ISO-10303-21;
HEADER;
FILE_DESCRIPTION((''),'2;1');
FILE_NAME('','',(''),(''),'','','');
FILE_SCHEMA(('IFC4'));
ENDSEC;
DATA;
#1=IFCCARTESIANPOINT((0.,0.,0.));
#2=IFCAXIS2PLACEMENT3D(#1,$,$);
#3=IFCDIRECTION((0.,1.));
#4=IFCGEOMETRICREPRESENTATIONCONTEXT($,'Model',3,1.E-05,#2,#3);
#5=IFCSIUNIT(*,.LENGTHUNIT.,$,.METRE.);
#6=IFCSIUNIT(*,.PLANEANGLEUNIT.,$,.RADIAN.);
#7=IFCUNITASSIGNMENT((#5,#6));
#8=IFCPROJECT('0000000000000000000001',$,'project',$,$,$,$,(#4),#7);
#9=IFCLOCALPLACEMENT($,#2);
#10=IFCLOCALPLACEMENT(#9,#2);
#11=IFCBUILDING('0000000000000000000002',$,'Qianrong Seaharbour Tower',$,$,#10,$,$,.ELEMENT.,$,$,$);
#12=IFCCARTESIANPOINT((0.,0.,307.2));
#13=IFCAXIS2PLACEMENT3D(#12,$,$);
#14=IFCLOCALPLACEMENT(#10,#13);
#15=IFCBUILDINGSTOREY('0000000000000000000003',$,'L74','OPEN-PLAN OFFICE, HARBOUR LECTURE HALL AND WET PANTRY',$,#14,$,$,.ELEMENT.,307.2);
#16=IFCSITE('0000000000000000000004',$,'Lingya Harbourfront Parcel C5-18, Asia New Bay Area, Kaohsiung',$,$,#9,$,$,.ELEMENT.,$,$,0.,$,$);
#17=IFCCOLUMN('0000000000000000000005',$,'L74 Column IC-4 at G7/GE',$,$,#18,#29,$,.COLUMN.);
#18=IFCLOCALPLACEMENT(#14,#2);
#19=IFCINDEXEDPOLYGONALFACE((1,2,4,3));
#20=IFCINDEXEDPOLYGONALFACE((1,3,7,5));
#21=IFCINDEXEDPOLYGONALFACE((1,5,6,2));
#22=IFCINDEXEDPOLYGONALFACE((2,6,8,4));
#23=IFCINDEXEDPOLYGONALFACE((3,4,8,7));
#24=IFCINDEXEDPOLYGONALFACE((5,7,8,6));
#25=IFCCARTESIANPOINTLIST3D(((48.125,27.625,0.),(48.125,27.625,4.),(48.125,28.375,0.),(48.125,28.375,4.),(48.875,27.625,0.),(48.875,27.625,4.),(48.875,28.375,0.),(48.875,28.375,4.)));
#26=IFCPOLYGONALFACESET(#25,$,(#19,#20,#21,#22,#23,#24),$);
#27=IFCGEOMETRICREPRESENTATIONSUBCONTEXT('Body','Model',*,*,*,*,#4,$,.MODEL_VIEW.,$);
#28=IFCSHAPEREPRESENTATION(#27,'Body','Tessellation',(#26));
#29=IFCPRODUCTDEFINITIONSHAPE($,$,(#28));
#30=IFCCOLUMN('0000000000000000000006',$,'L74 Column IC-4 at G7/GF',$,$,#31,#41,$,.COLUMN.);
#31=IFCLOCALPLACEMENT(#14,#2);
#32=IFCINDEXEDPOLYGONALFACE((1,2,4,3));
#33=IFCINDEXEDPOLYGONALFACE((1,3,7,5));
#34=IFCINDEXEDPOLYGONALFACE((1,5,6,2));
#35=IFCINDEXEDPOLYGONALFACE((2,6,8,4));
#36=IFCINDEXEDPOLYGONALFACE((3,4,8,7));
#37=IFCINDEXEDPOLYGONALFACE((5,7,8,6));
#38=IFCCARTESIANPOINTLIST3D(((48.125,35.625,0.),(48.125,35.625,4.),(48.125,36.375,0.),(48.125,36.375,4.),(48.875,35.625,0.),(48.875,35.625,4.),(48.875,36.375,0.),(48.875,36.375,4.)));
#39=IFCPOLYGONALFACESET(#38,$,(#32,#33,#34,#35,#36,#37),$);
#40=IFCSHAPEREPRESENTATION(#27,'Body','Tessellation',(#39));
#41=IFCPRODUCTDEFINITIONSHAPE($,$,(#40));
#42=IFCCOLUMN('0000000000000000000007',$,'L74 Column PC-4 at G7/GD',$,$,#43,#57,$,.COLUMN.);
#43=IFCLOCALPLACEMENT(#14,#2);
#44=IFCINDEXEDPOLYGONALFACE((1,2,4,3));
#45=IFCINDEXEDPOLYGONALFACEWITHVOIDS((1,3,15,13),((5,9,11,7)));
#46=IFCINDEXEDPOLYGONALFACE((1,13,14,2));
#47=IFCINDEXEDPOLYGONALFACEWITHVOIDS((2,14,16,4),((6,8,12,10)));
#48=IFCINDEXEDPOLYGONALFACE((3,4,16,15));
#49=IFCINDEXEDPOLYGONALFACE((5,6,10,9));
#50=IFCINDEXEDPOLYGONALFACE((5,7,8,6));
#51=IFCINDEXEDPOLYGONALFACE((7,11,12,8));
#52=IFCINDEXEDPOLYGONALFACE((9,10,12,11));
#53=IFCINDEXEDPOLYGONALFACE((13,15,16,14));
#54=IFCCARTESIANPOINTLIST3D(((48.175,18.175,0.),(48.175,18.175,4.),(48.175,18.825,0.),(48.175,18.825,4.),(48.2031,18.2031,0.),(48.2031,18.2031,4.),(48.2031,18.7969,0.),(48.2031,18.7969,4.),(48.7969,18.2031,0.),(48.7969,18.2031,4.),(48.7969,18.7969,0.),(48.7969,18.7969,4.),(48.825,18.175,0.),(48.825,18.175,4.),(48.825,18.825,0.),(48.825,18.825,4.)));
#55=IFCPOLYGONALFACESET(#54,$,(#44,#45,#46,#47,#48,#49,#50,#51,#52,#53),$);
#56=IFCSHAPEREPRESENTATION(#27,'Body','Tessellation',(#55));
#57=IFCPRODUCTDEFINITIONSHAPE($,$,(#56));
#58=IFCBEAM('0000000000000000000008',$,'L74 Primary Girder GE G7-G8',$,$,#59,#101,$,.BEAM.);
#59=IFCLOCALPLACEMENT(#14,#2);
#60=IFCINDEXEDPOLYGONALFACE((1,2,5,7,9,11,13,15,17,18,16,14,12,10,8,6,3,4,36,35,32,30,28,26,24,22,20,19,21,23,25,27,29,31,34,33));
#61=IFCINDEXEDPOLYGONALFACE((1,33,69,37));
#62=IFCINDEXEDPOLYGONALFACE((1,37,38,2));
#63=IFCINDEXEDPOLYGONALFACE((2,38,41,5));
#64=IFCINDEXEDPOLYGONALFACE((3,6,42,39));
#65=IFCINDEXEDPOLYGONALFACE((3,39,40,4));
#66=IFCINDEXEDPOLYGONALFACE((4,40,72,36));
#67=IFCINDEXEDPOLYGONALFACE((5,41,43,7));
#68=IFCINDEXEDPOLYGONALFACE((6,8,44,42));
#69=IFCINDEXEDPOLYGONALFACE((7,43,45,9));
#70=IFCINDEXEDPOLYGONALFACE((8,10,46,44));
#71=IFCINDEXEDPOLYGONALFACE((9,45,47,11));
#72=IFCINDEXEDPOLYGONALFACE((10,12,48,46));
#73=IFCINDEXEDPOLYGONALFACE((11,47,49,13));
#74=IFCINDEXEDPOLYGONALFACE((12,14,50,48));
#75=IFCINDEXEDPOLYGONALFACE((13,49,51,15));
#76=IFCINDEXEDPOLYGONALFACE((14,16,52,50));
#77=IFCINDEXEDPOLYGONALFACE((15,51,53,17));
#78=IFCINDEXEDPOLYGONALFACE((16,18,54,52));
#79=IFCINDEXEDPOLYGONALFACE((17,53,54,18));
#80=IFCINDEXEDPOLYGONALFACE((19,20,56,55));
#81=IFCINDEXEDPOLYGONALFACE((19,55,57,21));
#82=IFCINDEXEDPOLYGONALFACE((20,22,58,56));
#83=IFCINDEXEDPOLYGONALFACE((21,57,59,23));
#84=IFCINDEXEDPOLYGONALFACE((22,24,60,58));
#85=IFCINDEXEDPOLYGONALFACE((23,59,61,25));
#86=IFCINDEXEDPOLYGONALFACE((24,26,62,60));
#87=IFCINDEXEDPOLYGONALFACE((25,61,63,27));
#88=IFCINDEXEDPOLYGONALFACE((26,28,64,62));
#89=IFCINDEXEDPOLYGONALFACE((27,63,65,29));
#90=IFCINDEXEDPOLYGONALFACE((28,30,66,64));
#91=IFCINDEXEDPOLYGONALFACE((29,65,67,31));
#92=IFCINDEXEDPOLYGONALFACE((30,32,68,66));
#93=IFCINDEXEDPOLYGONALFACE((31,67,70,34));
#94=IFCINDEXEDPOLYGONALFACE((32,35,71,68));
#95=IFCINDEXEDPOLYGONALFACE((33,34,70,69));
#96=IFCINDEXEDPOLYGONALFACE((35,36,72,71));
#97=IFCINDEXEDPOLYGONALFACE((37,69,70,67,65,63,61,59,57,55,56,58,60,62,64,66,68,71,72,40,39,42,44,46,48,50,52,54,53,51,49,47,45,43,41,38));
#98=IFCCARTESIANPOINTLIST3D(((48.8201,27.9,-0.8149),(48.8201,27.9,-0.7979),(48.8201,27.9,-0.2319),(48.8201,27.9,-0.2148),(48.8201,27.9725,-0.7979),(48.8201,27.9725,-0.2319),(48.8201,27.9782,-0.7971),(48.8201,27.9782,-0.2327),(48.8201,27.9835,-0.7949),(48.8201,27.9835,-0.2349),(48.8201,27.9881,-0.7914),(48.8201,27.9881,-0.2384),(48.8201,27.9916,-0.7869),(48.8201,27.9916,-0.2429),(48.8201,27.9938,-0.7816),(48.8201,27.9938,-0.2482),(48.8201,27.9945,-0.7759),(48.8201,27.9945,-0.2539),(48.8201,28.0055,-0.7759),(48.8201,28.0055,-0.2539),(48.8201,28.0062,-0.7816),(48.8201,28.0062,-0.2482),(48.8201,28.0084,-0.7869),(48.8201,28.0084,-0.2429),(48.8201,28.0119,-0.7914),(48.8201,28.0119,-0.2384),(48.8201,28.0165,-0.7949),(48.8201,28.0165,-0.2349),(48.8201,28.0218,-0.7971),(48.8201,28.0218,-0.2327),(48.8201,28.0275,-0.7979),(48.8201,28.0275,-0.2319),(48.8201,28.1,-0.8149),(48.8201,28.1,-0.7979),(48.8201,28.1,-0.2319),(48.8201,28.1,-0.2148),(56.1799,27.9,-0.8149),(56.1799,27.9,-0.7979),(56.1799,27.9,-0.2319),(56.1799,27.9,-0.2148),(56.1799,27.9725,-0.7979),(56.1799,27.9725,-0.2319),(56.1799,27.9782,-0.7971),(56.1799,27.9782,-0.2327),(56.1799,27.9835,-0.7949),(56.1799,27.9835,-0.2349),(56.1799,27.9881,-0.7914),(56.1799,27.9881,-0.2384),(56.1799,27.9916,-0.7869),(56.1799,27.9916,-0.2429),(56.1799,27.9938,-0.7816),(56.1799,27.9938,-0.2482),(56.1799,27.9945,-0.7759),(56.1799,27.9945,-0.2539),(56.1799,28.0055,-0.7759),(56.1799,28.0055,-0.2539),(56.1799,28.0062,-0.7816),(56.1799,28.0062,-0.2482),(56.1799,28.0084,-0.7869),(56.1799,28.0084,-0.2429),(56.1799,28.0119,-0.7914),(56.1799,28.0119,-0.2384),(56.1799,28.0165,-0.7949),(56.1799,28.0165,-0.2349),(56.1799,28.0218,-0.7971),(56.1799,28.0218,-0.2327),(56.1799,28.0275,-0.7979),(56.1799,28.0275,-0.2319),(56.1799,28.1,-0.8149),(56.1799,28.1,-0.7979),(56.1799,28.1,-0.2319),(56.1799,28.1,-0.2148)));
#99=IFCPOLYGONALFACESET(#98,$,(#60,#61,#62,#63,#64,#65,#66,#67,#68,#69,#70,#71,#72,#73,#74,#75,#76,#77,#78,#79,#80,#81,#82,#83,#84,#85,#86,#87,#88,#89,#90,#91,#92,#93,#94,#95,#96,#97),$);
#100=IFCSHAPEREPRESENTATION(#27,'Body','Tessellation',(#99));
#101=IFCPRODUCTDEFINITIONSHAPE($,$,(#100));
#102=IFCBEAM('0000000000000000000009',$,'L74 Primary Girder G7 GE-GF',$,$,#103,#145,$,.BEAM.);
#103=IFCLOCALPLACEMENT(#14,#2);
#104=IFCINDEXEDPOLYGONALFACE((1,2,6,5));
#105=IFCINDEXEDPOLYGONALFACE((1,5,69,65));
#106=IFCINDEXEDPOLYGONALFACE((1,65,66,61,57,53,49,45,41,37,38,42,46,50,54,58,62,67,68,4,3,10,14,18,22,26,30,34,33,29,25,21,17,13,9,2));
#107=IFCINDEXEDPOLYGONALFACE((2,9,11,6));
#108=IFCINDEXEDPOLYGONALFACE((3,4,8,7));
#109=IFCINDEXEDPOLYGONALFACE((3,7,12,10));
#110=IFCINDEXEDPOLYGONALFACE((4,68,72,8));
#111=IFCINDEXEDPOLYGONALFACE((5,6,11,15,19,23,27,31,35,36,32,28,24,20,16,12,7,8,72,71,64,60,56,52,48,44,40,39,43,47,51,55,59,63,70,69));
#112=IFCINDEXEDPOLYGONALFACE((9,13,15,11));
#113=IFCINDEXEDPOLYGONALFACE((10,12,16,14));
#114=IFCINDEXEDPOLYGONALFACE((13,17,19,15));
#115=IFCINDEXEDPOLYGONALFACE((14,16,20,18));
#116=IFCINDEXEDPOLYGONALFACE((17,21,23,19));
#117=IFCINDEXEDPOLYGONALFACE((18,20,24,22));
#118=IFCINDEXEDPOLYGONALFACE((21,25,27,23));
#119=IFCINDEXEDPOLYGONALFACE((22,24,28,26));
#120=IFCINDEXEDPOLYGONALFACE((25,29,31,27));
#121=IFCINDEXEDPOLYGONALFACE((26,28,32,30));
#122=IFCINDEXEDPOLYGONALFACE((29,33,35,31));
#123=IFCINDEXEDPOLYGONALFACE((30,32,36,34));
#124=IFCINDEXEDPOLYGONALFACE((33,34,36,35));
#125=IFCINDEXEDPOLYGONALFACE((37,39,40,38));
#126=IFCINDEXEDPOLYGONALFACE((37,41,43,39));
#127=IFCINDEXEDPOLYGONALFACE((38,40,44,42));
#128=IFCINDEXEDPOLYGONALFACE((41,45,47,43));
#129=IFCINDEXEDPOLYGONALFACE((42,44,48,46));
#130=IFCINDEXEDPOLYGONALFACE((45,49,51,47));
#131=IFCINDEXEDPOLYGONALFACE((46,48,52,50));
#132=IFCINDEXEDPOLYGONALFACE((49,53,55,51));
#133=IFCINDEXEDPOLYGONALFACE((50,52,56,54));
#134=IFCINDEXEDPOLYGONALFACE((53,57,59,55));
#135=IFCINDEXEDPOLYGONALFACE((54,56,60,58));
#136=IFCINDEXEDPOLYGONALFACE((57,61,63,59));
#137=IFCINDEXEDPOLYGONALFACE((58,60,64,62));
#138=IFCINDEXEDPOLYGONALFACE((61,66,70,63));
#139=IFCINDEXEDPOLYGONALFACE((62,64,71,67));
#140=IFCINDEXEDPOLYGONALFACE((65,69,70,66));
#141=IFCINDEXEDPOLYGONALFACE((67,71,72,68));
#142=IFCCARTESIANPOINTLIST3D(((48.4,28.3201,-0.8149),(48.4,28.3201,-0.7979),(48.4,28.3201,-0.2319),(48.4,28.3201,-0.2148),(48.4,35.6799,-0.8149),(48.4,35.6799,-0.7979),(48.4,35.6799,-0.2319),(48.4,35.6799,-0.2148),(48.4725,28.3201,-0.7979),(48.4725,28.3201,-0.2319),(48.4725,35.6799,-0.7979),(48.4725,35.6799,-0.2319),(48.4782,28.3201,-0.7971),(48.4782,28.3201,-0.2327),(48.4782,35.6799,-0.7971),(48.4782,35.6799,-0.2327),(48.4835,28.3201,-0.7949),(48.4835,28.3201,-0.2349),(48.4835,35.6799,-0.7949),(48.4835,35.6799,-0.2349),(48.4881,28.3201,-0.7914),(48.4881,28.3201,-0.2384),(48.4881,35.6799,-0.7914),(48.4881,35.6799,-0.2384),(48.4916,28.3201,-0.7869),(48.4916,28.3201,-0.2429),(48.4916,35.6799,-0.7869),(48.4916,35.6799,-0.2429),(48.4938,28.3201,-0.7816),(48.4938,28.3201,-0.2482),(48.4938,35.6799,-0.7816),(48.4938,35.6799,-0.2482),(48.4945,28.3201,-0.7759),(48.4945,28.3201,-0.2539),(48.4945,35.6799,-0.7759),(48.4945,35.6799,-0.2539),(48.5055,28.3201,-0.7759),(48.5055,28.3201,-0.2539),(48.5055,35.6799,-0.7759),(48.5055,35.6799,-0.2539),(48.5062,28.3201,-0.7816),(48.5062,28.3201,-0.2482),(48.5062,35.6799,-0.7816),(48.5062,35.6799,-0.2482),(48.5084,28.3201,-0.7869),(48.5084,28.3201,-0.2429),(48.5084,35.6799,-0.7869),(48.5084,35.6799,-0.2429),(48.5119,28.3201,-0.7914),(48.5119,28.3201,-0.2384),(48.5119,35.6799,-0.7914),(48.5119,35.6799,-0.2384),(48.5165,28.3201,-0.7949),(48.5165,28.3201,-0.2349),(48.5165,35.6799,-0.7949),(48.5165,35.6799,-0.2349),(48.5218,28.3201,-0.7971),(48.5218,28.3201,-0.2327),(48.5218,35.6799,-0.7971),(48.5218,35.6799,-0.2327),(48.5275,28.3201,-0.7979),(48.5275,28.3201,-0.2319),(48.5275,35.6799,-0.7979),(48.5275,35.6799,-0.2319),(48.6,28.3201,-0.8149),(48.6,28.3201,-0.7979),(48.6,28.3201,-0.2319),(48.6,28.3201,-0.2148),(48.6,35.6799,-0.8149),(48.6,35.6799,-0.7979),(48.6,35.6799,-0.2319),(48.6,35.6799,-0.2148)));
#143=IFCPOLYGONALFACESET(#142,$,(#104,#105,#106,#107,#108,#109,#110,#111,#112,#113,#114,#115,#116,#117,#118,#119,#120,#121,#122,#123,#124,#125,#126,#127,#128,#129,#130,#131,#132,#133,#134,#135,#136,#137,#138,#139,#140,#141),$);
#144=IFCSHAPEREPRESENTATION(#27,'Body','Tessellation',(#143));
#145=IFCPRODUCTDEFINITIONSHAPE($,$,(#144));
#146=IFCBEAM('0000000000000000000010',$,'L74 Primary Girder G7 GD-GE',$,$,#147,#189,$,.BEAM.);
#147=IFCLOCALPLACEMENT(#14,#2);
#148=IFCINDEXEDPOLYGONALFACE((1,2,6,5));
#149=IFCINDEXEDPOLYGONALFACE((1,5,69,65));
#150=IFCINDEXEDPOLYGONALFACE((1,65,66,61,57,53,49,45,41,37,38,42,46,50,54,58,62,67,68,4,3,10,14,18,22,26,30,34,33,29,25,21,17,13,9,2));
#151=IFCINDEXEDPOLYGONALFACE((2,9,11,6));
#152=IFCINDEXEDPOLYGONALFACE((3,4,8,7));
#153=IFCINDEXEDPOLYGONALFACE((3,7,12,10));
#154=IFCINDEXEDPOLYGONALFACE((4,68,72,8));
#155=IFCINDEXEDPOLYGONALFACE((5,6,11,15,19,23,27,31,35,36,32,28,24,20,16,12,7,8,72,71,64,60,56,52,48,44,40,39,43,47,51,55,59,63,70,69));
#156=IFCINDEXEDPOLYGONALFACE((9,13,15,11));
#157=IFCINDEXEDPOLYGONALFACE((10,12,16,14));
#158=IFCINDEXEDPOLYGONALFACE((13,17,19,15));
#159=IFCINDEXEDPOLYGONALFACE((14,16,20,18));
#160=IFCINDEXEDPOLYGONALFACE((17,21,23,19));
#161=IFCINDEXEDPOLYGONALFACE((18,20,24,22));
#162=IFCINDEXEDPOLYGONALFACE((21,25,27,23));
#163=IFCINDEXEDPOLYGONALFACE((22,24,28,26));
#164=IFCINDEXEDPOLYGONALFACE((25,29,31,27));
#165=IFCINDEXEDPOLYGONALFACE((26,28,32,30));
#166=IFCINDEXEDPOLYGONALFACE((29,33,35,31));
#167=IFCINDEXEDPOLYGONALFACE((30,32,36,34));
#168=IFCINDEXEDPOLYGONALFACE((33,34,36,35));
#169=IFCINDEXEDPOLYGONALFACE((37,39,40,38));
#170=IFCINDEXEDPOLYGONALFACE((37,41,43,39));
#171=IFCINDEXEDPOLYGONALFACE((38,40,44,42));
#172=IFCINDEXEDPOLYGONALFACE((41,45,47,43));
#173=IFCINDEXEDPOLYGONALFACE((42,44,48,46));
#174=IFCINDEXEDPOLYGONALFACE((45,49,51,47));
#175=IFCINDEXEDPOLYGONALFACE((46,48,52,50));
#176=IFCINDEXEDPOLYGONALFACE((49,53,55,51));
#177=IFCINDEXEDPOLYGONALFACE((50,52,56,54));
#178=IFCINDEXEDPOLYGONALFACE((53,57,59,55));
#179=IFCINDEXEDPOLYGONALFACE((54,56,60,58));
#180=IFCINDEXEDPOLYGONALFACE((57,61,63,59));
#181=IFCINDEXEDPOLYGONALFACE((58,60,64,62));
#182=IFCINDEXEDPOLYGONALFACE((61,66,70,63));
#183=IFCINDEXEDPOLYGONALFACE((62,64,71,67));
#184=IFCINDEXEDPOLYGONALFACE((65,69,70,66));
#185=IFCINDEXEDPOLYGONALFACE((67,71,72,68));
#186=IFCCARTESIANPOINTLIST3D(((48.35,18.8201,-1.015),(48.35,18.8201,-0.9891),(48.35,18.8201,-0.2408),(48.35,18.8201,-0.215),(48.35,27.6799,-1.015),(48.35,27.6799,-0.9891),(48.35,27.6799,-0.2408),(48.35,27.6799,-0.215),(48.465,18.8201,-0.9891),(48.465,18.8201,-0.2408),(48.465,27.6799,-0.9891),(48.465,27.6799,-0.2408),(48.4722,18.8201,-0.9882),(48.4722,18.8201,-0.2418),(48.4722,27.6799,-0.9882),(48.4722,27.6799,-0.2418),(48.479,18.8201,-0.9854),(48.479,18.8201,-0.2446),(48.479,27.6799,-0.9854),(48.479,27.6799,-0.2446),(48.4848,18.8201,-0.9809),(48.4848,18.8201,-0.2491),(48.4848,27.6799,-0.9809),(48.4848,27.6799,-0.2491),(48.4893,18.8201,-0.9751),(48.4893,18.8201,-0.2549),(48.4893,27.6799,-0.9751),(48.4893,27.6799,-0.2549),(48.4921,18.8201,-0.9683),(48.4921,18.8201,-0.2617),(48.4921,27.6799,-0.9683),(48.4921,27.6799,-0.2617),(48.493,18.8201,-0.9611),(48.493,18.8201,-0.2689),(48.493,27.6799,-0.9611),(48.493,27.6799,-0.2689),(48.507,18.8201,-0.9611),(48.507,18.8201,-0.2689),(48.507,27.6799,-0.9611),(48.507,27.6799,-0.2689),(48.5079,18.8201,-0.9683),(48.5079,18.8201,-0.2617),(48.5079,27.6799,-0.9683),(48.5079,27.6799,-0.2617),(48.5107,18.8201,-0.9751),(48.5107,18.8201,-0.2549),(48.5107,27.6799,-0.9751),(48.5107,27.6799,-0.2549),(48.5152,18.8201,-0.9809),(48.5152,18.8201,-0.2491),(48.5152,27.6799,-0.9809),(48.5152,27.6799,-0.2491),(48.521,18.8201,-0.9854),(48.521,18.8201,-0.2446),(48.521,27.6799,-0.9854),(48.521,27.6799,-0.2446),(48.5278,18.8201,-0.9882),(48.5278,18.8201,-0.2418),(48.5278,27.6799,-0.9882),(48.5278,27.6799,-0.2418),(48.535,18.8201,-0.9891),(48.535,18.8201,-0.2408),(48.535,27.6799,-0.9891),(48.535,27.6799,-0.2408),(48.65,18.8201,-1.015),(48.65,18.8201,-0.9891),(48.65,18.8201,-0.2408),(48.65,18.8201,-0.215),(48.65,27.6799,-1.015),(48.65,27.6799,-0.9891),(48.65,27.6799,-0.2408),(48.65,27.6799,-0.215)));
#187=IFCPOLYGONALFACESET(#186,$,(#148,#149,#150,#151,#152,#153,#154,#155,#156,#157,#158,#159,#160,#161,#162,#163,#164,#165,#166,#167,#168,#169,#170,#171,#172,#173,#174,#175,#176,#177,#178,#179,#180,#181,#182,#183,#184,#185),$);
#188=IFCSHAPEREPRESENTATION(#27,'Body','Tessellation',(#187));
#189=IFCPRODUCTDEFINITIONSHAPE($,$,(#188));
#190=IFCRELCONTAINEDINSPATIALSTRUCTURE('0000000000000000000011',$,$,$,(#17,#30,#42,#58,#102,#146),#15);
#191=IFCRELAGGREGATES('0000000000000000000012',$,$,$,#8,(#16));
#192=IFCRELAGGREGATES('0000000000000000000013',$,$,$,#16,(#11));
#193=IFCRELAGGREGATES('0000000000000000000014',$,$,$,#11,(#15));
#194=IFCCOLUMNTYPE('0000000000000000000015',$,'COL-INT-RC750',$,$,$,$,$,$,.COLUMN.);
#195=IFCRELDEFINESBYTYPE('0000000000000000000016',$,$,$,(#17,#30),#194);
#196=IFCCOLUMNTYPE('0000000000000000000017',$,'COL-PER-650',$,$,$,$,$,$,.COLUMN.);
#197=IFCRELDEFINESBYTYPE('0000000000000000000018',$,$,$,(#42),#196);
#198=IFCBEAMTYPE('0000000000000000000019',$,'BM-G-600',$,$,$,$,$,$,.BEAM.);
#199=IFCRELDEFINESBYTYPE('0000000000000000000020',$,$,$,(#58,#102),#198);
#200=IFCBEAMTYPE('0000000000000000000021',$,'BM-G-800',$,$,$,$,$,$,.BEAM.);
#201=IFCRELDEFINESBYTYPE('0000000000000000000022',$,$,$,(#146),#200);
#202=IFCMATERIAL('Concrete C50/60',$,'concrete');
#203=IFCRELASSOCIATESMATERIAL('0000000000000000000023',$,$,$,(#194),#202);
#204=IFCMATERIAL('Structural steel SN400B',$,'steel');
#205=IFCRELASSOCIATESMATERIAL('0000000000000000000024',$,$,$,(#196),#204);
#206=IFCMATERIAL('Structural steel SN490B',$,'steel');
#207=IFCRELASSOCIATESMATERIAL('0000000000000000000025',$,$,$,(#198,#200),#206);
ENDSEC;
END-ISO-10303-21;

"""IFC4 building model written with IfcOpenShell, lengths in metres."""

from ifc_helpers import new_model, si_unit, direction, frame, origin, origin_2d, place, context, subcontext, project, spatial, rectangle, hollow_rectangle, i_section, extrude, material, material_profile, profile_set, type_object, element, save


model = new_model("IFC4")

# Units and contexts
model_context = context("Model", 3, precision=1e-05, world=origin(), true_north=direction((0.0, 1.0)))
body_context = subcontext(model_context, "Body", "Model", "MODEL_VIEW")
ifc_project = project(units=[si_unit("LENGTHUNIT", "METRE"), si_unit("PLANEANGLEUNIT", "RADIAN")], contexts=[model_context])

# Site, building, storey
site_placement = place(None, origin())
site = spatial("IfcSite", under=ifc_project, at=site_placement, Name="Lingya Harbourfront Parcel C5-18, Asia New Bay Area, Kaohsiung", CompositionType="ELEMENT", RefElevation=0.0)
building_placement = place(site_placement, origin())
building = spatial("IfcBuilding", under=site, at=building_placement, Name="Qianrong Seaharbour Tower", CompositionType="ELEMENT")
storey_placement = place(building_placement, frame((0.0, 0.0, 307.2)))
storey = spatial("IfcBuildingStorey", under=building, at=storey_placement, Name="L74", Description="OPEN-PLAN OFFICE, HARBOUR LECTURE HALL AND WET PANTRY", CompositionType="ELEMENT", Elevation=307.2)

# Columns
ifc_material_1 = material(Name="Concrete C50/60", Category="concrete")
ifc_material_profile_1 = material_profile(ifc_material_1, rectangle(XDim=0.75, YDim=0.75, at=origin_2d()), Name="RC750x750")
ifc_profile_set_1 = profile_set([ifc_material_profile_1], Name="Concrete C50/60")
column_type_1 = type_object("IfcColumnType", Name="COL-INT-RC750", PredefinedType="COLUMN", material=ifc_profile_set_1)
for number, where, z_axis, x_axis, name in (
    (1, (48.5, 28.0, 0.0), (0.0, 0.0, 1.0), (1.0, 0.0, 0.0), "L74 Column IC-4 at G7/GE"),
    (2, (48.5, 36.0, 0.0), (0.0, 0.0, 1.0), (1.0, 0.0, 0.0), "L74 Column IC-4 at G7/GF"),
):
    element("IfcColumn", number, at=place(storey_placement, frame(where, z_axis=z_axis, x_axis=x_axis)), inside=storey, type_object=column_type_1, Name=name, PredefinedType="COLUMN", context=body_context, shape_type="SweptSolid", body=[
        extrude(rectangle(XDim=0.75, YDim=0.75, at=origin_2d()), origin(), (0.0, 0.0, 1.0), 4.0),
    ])
ifc_material_2 = material(Name="Structural steel SN400B", Category="steel")
ifc_material_profile_2 = material_profile(ifc_material_2, hollow_rectangle(XDim=0.6499, YDim=0.6499, WallThickness=0.0281, at=origin_2d()), Name="BOX650x650x28")
ifc_profile_set_2 = profile_set([ifc_material_profile_2], Name="Structural steel SN400B")
column_type_2 = type_object("IfcColumnType", Name="COL-PER-650", PredefinedType="COLUMN", material=ifc_profile_set_2)
column_placement = place(storey_placement, frame((48.5, 18.5, 0.0), z_axis=(0.0, 0.0, 1.0), x_axis=(1.0, 0.0, 0.0)))
element("IfcColumn", 3, at=column_placement, inside=storey, type_object=column_type_2, Name="L74 Column PC-4 at G7/GD", PredefinedType="COLUMN", context=body_context, shape_type="SweptSolid", body=[
    extrude(hollow_rectangle(XDim=0.6499, YDim=0.6499, WallThickness=0.0281, at=origin_2d()), origin(), (0.0, 0.0, 1.0), 4.0),
])

# Beams
ifc_material_3 = material(Name="Structural steel SN490B", Category="steel")
ifc_material_profile_3 = material_profile(ifc_material_3, i_section(OverallWidth=0.2, OverallDepth=0.6001, WebThickness=0.011, FlangeThickness=0.0171, FilletRadius=0.022, at=origin_2d()), Name="H600x200x11x17")
ifc_profile_set_3 = profile_set([ifc_material_profile_3], Name="Structural steel SN490B")
beam_type_1 = type_object("IfcBeamType", Name="BM-G-600", PredefinedType="BEAM", material=ifc_profile_set_3)
for number, where, z_axis, x_axis, name in (
    (4, (48.8201, 28.0, -0.5149), (1.0, 0.0, 0.0), (0.0, 1.0, 0.0), "L74 Primary Girder GE G7-G8"),
    (5, (48.5, 28.3201, -0.5149), (0.0, 1.0, 0.0), (-1.0, 0.0, 0.0), "L74 Primary Girder G7 GE-GF"),
):
    element("IfcBeam", number, at=place(storey_placement, frame(where, z_axis=z_axis, x_axis=x_axis)), inside=storey, type_object=beam_type_1, Name=name, PredefinedType="BEAM", context=body_context, shape_type="SweptSolid", body=[
        extrude(i_section(OverallWidth=0.2, OverallDepth=0.6001, WebThickness=0.011, FlangeThickness=0.0171, FilletRadius=0.022, at=origin_2d()), origin(), (0.0, 0.0, 1.0), 7.3599),
    ])
ifc_material_profile_4 = material_profile(ifc_material_3, i_section(OverallWidth=0.3, OverallDepth=0.8, WebThickness=0.0139, FlangeThickness=0.0259, FilletRadius=0.0281, at=origin_2d()), Name="H800x300x14x26")
ifc_profile_set_4 = profile_set([ifc_material_profile_4], Name="Structural steel SN490B")
beam_type_2 = type_object("IfcBeamType", Name="BM-G-800", PredefinedType="BEAM", material=ifc_profile_set_4)
beam_1_placement = place(storey_placement, frame((48.5, 18.8201, -0.615), z_axis=(0.0, 1.0, 0.0), x_axis=(-1.0, 0.0, 0.0)))
element("IfcBeam", 6, at=beam_1_placement, inside=storey, type_object=beam_type_2, Name="L74 Primary Girder G7 GD-GE", PredefinedType="BEAM", context=body_context, shape_type="SweptSolid", body=[
    extrude(i_section(OverallWidth=0.3, OverallDepth=0.8, WebThickness=0.0139, FlangeThickness=0.0259, FilletRadius=0.0281, at=origin_2d()), origin(), (0.0, 0.0, 1.0), 8.8599),
])

save(model, "model.ifc")
